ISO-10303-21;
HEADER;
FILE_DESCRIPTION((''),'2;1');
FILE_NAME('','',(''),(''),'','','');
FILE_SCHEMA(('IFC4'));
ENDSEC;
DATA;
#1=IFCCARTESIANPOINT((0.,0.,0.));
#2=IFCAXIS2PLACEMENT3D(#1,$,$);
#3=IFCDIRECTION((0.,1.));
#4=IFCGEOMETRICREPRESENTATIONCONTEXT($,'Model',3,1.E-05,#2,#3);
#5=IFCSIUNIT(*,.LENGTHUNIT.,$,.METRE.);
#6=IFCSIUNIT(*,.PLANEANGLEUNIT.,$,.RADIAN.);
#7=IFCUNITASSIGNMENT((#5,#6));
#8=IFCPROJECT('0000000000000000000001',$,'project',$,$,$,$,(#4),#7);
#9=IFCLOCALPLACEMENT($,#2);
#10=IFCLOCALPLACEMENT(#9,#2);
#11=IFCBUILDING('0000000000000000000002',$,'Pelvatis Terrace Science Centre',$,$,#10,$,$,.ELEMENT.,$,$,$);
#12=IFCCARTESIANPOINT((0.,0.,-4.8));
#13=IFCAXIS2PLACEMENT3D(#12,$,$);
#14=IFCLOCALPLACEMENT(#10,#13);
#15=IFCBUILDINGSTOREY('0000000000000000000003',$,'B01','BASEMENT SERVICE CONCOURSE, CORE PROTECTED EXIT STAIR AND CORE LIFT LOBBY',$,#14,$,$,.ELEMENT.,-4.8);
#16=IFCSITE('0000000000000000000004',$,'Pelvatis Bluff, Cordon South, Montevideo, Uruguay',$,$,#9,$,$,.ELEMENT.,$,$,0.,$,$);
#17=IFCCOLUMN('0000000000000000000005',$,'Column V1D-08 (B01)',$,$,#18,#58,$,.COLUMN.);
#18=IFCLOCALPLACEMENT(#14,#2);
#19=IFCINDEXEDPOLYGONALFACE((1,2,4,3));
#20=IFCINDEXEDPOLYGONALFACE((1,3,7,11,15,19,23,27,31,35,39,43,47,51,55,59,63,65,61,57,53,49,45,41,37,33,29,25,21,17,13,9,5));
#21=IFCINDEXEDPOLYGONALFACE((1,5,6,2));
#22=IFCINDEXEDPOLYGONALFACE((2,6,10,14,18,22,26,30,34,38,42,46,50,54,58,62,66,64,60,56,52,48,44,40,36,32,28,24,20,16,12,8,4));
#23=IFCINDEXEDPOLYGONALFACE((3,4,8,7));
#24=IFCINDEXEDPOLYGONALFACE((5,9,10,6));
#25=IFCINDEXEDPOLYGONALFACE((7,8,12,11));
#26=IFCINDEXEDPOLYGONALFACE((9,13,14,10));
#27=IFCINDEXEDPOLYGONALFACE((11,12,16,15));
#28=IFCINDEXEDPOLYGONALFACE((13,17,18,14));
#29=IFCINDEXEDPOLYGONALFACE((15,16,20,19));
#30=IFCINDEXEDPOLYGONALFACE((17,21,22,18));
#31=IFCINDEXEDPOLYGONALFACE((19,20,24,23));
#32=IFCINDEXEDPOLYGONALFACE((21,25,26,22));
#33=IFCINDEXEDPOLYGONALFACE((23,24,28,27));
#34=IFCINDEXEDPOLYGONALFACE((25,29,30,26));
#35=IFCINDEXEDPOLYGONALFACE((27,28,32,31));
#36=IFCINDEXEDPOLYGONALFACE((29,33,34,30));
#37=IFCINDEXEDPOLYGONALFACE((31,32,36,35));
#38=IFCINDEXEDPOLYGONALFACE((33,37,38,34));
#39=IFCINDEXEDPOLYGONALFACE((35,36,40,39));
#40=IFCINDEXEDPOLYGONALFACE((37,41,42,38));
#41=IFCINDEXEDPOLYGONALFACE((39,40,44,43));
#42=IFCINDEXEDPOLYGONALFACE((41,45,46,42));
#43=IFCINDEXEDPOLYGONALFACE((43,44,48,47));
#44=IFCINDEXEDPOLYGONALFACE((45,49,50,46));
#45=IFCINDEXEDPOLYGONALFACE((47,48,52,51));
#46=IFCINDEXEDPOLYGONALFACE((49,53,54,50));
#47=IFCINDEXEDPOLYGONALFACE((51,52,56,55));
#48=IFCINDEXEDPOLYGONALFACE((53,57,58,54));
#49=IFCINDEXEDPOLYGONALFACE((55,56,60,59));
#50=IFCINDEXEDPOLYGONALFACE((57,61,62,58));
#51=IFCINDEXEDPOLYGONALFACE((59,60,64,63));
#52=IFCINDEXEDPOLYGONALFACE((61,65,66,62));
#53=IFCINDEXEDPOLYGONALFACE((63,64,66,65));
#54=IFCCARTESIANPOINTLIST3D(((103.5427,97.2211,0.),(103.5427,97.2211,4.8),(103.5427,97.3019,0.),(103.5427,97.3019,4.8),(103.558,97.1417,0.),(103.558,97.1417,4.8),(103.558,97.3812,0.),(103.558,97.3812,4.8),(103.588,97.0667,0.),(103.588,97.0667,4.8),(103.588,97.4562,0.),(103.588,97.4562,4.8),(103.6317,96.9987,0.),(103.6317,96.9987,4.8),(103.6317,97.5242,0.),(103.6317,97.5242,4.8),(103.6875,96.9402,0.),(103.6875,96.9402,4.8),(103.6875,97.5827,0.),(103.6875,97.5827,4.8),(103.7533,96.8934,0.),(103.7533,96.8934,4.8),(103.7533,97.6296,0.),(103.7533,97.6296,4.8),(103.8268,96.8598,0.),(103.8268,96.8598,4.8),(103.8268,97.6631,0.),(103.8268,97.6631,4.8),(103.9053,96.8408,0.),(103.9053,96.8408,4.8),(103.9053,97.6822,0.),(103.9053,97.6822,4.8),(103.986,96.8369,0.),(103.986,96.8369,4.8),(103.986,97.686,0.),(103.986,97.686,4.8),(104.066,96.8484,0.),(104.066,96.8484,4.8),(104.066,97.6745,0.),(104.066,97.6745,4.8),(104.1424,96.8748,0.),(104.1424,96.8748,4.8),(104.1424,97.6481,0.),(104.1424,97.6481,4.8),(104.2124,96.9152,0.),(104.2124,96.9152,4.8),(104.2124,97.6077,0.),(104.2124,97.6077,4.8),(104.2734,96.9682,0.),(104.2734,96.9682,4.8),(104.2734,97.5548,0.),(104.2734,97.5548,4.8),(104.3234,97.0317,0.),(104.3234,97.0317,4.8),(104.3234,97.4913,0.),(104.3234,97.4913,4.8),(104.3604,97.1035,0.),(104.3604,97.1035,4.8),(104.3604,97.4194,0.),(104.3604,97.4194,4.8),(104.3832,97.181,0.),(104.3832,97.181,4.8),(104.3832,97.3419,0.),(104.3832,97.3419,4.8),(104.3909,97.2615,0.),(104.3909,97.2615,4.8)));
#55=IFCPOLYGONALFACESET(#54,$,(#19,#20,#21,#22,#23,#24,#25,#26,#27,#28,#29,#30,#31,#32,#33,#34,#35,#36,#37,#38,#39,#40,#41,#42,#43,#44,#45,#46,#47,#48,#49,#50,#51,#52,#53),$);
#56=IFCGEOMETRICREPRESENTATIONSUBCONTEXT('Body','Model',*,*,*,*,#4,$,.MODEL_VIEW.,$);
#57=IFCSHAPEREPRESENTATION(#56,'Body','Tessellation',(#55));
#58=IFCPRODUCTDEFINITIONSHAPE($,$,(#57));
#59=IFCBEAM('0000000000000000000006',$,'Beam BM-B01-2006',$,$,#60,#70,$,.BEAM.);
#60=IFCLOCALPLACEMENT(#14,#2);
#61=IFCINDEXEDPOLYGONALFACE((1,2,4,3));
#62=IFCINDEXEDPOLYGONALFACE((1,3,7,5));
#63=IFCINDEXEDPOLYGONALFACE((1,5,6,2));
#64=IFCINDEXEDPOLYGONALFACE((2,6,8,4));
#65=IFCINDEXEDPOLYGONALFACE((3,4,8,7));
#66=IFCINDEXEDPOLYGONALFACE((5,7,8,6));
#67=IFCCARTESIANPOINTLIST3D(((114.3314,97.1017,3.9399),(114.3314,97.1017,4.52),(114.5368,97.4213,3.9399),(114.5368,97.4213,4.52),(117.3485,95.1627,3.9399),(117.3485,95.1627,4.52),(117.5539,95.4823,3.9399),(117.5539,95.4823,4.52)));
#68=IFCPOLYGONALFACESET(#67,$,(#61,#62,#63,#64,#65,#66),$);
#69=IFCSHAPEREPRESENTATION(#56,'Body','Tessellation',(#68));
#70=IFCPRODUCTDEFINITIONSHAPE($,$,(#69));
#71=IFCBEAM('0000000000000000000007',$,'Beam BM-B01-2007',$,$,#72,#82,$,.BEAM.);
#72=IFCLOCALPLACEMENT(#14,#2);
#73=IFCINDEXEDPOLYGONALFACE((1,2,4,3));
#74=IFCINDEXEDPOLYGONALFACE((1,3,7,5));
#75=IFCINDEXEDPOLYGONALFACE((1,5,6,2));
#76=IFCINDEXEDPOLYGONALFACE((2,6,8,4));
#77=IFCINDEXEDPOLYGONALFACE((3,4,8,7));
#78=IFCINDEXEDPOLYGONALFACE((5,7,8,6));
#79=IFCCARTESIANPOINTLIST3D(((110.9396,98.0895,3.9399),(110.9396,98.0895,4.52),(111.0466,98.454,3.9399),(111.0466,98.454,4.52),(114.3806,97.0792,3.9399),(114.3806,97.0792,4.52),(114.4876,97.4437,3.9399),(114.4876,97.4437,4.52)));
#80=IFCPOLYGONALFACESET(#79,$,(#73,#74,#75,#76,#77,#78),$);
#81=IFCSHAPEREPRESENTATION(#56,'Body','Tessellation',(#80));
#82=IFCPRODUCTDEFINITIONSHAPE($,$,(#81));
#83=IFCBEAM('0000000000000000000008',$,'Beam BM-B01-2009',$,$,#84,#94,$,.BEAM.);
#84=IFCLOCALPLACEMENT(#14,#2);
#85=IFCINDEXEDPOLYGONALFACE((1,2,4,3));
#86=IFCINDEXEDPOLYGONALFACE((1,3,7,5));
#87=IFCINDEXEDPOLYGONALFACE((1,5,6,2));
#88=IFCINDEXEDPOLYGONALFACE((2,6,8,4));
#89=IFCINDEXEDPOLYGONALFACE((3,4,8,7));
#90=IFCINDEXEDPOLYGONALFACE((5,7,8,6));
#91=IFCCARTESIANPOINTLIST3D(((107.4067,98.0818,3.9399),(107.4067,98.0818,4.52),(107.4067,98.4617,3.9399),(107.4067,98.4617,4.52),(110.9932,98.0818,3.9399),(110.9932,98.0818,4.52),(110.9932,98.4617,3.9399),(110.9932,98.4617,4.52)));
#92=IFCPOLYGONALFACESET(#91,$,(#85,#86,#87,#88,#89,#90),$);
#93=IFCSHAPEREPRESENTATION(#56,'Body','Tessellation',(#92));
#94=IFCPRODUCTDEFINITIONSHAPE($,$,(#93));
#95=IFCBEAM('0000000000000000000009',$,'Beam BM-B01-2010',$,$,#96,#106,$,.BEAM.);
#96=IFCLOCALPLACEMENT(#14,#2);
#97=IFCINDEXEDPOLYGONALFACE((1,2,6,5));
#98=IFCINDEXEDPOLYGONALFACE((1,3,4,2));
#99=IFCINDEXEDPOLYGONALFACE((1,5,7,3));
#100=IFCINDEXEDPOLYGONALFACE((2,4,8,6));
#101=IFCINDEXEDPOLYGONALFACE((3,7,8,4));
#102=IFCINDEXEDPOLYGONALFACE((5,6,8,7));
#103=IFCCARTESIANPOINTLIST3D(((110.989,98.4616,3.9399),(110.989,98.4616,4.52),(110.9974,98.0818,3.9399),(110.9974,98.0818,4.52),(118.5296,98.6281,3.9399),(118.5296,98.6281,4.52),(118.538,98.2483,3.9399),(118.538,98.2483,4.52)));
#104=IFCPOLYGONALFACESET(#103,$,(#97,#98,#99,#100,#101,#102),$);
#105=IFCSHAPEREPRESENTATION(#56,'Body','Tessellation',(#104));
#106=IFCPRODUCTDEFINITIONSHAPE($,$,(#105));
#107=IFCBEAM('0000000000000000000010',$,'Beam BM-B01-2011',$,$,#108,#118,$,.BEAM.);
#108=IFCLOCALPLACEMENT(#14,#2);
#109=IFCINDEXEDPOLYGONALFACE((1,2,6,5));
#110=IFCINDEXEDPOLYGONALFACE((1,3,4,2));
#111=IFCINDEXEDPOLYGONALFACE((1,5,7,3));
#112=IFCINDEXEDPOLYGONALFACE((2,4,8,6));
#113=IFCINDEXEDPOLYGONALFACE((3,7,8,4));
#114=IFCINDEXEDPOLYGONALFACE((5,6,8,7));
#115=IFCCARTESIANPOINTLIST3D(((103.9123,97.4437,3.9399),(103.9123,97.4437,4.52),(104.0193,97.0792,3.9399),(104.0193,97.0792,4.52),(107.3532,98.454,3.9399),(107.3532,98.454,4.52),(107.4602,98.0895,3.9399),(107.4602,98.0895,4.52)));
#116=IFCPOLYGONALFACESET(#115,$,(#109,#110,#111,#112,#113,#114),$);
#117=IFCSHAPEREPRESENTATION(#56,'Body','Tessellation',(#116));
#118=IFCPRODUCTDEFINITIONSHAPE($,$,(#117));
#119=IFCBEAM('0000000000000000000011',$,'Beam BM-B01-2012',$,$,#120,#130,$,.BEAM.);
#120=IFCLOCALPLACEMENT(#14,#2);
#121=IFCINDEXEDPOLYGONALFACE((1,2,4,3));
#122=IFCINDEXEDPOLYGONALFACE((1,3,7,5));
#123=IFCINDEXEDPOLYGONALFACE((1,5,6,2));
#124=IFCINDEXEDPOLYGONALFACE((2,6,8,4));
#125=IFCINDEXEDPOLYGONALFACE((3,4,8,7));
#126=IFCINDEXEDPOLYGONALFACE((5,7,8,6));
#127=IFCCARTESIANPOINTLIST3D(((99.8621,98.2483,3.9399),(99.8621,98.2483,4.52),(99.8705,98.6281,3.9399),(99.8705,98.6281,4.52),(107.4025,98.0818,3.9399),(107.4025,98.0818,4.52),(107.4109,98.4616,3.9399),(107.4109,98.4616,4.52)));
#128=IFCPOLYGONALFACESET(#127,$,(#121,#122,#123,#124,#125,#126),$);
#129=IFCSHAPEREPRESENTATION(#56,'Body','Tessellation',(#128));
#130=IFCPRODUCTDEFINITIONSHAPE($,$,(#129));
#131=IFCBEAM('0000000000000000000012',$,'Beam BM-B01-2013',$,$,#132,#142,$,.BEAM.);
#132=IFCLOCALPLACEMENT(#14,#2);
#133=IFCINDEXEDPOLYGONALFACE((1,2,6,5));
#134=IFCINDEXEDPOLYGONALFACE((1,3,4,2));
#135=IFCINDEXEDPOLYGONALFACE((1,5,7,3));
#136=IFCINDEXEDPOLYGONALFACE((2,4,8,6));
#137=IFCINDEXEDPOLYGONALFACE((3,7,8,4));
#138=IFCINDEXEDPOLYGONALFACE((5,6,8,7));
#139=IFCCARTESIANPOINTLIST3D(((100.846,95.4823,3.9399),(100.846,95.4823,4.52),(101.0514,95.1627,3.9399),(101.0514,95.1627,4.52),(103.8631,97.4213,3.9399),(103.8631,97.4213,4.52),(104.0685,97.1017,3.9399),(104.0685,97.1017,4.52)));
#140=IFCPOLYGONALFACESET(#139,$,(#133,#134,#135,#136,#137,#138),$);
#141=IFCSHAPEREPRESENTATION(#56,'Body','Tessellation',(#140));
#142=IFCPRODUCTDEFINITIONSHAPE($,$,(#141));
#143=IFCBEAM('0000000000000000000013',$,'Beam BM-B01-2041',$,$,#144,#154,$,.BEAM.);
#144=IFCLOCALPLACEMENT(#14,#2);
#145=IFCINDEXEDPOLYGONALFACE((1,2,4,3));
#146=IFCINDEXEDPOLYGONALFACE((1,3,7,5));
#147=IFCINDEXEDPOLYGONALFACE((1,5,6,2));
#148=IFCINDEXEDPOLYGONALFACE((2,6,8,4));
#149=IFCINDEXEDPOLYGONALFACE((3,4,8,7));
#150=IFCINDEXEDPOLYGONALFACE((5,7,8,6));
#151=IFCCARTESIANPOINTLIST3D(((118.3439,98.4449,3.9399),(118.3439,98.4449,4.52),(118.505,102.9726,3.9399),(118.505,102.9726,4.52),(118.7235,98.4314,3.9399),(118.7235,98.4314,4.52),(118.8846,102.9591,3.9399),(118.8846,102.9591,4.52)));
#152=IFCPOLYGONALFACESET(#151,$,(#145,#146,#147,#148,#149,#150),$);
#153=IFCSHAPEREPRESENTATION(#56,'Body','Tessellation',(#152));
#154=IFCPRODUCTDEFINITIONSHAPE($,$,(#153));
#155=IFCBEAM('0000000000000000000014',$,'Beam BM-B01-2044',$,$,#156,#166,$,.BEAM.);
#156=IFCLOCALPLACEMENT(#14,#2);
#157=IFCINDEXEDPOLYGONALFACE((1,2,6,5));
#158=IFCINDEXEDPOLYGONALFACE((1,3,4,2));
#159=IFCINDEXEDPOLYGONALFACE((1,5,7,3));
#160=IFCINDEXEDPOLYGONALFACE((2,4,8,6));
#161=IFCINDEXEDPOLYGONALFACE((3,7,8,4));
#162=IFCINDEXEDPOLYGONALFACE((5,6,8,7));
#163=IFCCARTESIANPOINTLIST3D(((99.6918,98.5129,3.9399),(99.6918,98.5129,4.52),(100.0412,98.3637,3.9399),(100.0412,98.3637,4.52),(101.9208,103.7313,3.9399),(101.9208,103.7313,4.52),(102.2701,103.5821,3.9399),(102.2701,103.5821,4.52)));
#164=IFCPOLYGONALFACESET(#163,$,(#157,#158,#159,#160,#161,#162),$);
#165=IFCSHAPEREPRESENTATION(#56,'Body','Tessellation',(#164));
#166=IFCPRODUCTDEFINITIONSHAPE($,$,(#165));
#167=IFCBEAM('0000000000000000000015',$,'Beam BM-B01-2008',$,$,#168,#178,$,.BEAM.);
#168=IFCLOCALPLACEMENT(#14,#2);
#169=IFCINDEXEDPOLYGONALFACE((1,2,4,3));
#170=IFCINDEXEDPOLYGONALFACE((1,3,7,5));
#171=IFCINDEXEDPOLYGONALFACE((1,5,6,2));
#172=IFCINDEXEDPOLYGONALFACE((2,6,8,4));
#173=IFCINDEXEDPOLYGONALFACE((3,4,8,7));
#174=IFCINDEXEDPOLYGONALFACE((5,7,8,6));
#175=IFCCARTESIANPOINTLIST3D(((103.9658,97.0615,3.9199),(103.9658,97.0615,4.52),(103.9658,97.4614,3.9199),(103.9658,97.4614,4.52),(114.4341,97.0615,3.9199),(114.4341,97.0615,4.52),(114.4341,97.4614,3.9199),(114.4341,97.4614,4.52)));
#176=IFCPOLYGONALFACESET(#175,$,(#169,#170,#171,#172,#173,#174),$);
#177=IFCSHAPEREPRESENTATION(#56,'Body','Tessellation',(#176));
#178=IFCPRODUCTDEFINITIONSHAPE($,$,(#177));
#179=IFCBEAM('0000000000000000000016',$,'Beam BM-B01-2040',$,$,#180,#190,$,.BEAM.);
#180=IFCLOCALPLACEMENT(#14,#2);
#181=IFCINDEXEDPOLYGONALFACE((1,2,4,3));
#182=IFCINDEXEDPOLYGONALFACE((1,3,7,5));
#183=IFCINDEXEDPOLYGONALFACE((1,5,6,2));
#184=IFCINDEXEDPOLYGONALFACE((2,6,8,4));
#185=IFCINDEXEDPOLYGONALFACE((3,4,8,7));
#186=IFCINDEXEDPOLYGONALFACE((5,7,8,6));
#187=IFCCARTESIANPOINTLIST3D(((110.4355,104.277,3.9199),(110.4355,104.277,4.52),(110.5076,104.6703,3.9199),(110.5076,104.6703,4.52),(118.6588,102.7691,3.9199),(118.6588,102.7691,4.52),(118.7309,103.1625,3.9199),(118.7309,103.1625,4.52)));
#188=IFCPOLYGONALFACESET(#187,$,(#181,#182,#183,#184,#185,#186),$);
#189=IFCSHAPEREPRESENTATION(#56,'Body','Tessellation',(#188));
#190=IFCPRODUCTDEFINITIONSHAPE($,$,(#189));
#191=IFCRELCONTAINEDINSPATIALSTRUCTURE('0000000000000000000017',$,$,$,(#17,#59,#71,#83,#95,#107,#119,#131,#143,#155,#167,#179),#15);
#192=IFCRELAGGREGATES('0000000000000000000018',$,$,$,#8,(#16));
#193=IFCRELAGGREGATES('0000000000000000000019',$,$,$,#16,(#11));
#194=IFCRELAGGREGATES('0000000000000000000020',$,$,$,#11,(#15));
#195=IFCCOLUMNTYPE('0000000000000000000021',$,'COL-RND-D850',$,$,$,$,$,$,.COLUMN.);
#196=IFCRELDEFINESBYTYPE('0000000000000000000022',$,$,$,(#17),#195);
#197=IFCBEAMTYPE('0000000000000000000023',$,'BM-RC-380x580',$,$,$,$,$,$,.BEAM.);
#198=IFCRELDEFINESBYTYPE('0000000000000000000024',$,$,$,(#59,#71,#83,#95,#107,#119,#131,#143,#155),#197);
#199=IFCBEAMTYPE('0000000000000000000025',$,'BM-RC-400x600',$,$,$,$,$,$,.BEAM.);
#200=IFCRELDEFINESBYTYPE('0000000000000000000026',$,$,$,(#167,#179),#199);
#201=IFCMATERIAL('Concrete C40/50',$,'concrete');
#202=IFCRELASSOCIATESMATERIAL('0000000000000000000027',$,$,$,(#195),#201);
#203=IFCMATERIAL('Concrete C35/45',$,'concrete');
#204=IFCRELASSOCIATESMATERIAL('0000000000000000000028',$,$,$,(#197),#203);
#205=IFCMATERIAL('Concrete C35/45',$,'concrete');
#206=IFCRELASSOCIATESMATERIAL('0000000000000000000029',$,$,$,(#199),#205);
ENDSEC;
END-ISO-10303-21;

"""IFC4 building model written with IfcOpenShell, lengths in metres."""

from ifc_helpers import new_model, si_unit, direction, frame, origin, origin_2d, place, context, subcontext, project, spatial, rectangle, circle, extrude, material, material_profile, profile_set, type_object, element, save


model = new_model("IFC4")

# Units and contexts
model_context = context("Model", 3, precision=1e-05, world=origin(), true_north=direction((0.0, 1.0)))
body_context = subcontext(model_context, "Body", "Model", "MODEL_VIEW")
ifc_project = project(units=[si_unit("LENGTHUNIT", "METRE"), si_unit("PLANEANGLEUNIT", "RADIAN")], contexts=[model_context])

# Site, building, storey
site_placement = place(None, origin())
site = spatial("IfcSite", under=ifc_project, at=site_placement, Name="Pelvatis Bluff, Cordon South, Montevideo, Uruguay", CompositionType="ELEMENT", RefElevation=0.0)
building_placement = place(site_placement, origin())
building = spatial("IfcBuilding", under=site, at=building_placement, Name="Pelvatis Terrace Science Centre", CompositionType="ELEMENT")
storey_placement = place(building_placement, frame((0.0, 0.0, -4.8)))
storey = spatial("IfcBuildingStorey", under=building, at=storey_placement, Name="B01", Description="BASEMENT SERVICE CONCOURSE, CORE PROTECTED EXIT STAIR AND CORE LIFT LOBBY", CompositionType="ELEMENT", Elevation=-4.8)

# Column
ifc_material_1 = material(Name="Concrete C40/50", Category="concrete")
ifc_material_profile_1 = material_profile(ifc_material_1, circle(Radius=0.425, at=origin_2d()), Name="RC-RCOL D850")
ifc_profile_set_1 = profile_set([ifc_material_profile_1], Name="Concrete C40/50")
column_type_1 = type_object("IfcColumnType", Name="COL-RND-D850", PredefinedType="COLUMN", material=ifc_profile_set_1)
for number, where, z_axis, x_axis, name in (
    (1, (103.9658, 97.2615, 0.0), (0.0, 0.0, 1.0), (1.0, 0.0, 0.0), "Column V1D-08 (B01)"),
):
    element("IfcColumn", number, at=place(storey_placement, frame(where, z_axis=z_axis, x_axis=x_axis)), inside=storey, type_object=column_type_1, Name=name, PredefinedType="COLUMN", context=body_context, shape_type="SweptSolid", body=[
        extrude(circle(Radius=0.425, at=origin_2d()), origin(), (0.0, 0.0, 1.0), 4.8),
    ])

# Beams
ifc_material_2 = material(Name="Concrete C35/45", Category="concrete")
ifc_material_profile_2 = material_profile(ifc_material_2, rectangle(XDim=0.3799, YDim=0.5801, at=origin_2d()), Name="RC-BM 380x580")
ifc_profile_set_2 = profile_set([ifc_material_profile_2], Name="Concrete C35/45")
beam_type_1 = type_object("IfcBeamType", Name="BM-RC-380x580", PredefinedType="BEAM", material=ifc_profile_set_2)
beam_1_placement = place(storey_placement, frame((117.4512, 95.3225, 4.23), z_axis=(-0.841254, 0.540641, 0.0), x_axis=(-0.540641, -0.841254, 0.0)))
element("IfcBeam", 2, at=beam_1_placement, inside=storey, type_object=beam_type_1, Name="Beam BM-B01-2006", PredefinedType="BEAM", context=body_context, shape_type="SweptSolid", body=[
    extrude(rectangle(XDim=0.3799, YDim=0.5801, at=origin_2d()), origin(), (0.0, 0.0, 1.0), 3.5864),
])
beam_2_placement = place(storey_placement, frame((114.4341, 97.2615, 4.23), z_axis=(-0.9595, 0.281709, 0.0), x_axis=(-0.281709, -0.9595, 0.0)))
element("IfcBeam", 3, at=beam_2_placement, inside=storey, type_object=beam_type_1, Name="Beam BM-B01-2007", PredefinedType="BEAM", context=body_context, shape_type="SweptSolid", body=[
    extrude(rectangle(XDim=0.3799, YDim=0.5801, at=origin_2d()), origin(), (0.0, 0.0, 1.0), 3.5862),
])
beam_3_placement = place(storey_placement, frame((110.9932, 98.2717, 4.23), z_axis=(-1.0, 0.0, 0.0), x_axis=(0.0, -1.0, 0.0)))
element("IfcBeam", 4, at=beam_3_placement, inside=storey, type_object=beam_type_1, Name="Beam BM-B01-2009", PredefinedType="BEAM", context=body_context, shape_type="SweptSolid", body=[
    extrude(rectangle(XDim=0.3799, YDim=0.5801, at=origin_2d()), origin(), (0.0, 0.0, 1.0), 3.5864),
])
beam_4_placement = place(storey_placement, frame((110.9932, 98.2717, 4.23), z_axis=(0.999756, 0.022076, 0.0), x_axis=(-0.022076, 0.999756, 0.0)))
element("IfcBeam", 5, at=beam_4_placement, inside=storey, type_object=beam_type_1, Name="Beam BM-B01-2010", PredefinedType="BEAM", context=body_context, shape_type="SweptSolid", body=[
    extrude(rectangle(XDim=0.3799, YDim=0.5801, at=origin_2d()), origin(), (0.0, 0.0, 1.0), 7.5425),
])
beam_5_placement = place(storey_placement, frame((107.4067, 98.2717, 4.23), z_axis=(-0.9595, -0.281709, 0.0), x_axis=(0.281709, -0.9595, 0.0)))
element("IfcBeam", 6, at=beam_5_placement, inside=storey, type_object=beam_type_1, Name="Beam BM-B01-2011", PredefinedType="BEAM", context=body_context, shape_type="SweptSolid", body=[
    extrude(rectangle(XDim=0.3799, YDim=0.5801, at=origin_2d()), origin(), (0.0, 0.0, 1.0), 3.5862),
])
beam_6_placement = place(storey_placement, frame((107.4067, 98.2717, 4.23), z_axis=(-0.999756, 0.022077, 0.0), x_axis=(-0.022077, -0.999756, 0.0)))
element("IfcBeam", 7, at=beam_6_placement, inside=storey, type_object=beam_type_1, Name="Beam BM-B01-2012", PredefinedType="BEAM", context=body_context, shape_type="SweptSolid", body=[
    extrude(rectangle(XDim=0.3799, YDim=0.5801, at=origin_2d()), origin(), (0.0, 0.0, 1.0), 7.5422),
])
beam_7_placement = place(storey_placement, frame((103.9658, 97.2615, 4.23), z_axis=(-0.841254, -0.540641, 0.0), x_axis=(0.540641, -0.841254, 0.0)))
element("IfcBeam", 8, at=beam_7_placement, inside=storey, type_object=beam_type_1, Name="Beam BM-B01-2013", PredefinedType="BEAM", context=body_context, shape_type="SweptSolid", body=[
    extrude(rectangle(XDim=0.3799, YDim=0.5801, at=origin_2d()), origin(), (0.0, 0.0, 1.0), 3.5864),
])
beam_8_placement = place(storey_placement, frame((118.6948, 102.9658, 4.23), z_axis=(-0.035567, -0.999367, 0.0), x_axis=(0.999367, -0.035567, 0.0)))
element("IfcBeam", 9, at=beam_8_placement, inside=storey, type_object=beam_type_1, Name="Beam BM-B01-2041", PredefinedType="BEAM", context=body_context, shape_type="SweptSolid", body=[
    extrude(rectangle(XDim=0.3799, YDim=0.5801, at=origin_2d()), origin(), (0.0, 0.0, 1.0), 4.5305),
])
beam_9_placement = place(storey_placement, frame((102.0955, 103.6567, 4.23), z_axis=(-0.392803, -0.919623, 0.0), x_axis=(0.919623, -0.392803, 0.0)))
element("IfcBeam", 10, at=beam_9_placement, inside=storey, type_object=beam_type_1, Name="Beam BM-B01-2044", PredefinedType="BEAM", context=body_context, shape_type="SweptSolid", body=[
    extrude(rectangle(XDim=0.3799, YDim=0.5801, at=origin_2d()), origin(), (0.0, 0.0, 1.0), 5.6746),
])
ifc_material_3 = material(Name="Concrete C35/45", Category="concrete")
ifc_material_profile_3 = material_profile(ifc_material_3, rectangle(XDim=0.3999, YDim=0.6001, at=origin_2d()), Name="RC-BM 400x600")
ifc_profile_set_3 = profile_set([ifc_material_profile_3], Name="Concrete C35/45")
beam_type_2 = type_object("IfcBeamType", Name="BM-RC-400x600", PredefinedType="BEAM", material=ifc_profile_set_3)
beam_10_placement = place(storey_placement, frame((114.4341, 97.2615, 4.22), z_axis=(-1.0, 0.0, 0.0), x_axis=(0.0, -1.0, 0.0)))
element("IfcBeam", 11, at=beam_10_placement, inside=storey, type_object=beam_type_2, Name="Beam BM-B01-2008", PredefinedType="BEAM", context=body_context, shape_type="SweptSolid", body=[
    extrude(rectangle(XDim=0.3999, YDim=0.6001, at=origin_2d()), origin(), (0.0, 0.0, 1.0), 10.4683),
])
beam_11_placement = place(storey_placement, frame((118.6948, 102.9658, 4.22), z_axis=(-0.983602, 0.180355, 0.0), x_axis=(-0.180355, -0.983602, 0.0)))
element("IfcBeam", 12, at=beam_11_placement, inside=storey, type_object=beam_type_2, Name="Beam BM-B01-2040", PredefinedType="BEAM", context=body_context, shape_type="SweptSolid", body=[
    extrude(rectangle(XDim=0.3999, YDim=0.6001, at=origin_2d()), origin(), (0.0, 0.0, 1.0), 8.3604),
])

save(model, "model.ifc")
